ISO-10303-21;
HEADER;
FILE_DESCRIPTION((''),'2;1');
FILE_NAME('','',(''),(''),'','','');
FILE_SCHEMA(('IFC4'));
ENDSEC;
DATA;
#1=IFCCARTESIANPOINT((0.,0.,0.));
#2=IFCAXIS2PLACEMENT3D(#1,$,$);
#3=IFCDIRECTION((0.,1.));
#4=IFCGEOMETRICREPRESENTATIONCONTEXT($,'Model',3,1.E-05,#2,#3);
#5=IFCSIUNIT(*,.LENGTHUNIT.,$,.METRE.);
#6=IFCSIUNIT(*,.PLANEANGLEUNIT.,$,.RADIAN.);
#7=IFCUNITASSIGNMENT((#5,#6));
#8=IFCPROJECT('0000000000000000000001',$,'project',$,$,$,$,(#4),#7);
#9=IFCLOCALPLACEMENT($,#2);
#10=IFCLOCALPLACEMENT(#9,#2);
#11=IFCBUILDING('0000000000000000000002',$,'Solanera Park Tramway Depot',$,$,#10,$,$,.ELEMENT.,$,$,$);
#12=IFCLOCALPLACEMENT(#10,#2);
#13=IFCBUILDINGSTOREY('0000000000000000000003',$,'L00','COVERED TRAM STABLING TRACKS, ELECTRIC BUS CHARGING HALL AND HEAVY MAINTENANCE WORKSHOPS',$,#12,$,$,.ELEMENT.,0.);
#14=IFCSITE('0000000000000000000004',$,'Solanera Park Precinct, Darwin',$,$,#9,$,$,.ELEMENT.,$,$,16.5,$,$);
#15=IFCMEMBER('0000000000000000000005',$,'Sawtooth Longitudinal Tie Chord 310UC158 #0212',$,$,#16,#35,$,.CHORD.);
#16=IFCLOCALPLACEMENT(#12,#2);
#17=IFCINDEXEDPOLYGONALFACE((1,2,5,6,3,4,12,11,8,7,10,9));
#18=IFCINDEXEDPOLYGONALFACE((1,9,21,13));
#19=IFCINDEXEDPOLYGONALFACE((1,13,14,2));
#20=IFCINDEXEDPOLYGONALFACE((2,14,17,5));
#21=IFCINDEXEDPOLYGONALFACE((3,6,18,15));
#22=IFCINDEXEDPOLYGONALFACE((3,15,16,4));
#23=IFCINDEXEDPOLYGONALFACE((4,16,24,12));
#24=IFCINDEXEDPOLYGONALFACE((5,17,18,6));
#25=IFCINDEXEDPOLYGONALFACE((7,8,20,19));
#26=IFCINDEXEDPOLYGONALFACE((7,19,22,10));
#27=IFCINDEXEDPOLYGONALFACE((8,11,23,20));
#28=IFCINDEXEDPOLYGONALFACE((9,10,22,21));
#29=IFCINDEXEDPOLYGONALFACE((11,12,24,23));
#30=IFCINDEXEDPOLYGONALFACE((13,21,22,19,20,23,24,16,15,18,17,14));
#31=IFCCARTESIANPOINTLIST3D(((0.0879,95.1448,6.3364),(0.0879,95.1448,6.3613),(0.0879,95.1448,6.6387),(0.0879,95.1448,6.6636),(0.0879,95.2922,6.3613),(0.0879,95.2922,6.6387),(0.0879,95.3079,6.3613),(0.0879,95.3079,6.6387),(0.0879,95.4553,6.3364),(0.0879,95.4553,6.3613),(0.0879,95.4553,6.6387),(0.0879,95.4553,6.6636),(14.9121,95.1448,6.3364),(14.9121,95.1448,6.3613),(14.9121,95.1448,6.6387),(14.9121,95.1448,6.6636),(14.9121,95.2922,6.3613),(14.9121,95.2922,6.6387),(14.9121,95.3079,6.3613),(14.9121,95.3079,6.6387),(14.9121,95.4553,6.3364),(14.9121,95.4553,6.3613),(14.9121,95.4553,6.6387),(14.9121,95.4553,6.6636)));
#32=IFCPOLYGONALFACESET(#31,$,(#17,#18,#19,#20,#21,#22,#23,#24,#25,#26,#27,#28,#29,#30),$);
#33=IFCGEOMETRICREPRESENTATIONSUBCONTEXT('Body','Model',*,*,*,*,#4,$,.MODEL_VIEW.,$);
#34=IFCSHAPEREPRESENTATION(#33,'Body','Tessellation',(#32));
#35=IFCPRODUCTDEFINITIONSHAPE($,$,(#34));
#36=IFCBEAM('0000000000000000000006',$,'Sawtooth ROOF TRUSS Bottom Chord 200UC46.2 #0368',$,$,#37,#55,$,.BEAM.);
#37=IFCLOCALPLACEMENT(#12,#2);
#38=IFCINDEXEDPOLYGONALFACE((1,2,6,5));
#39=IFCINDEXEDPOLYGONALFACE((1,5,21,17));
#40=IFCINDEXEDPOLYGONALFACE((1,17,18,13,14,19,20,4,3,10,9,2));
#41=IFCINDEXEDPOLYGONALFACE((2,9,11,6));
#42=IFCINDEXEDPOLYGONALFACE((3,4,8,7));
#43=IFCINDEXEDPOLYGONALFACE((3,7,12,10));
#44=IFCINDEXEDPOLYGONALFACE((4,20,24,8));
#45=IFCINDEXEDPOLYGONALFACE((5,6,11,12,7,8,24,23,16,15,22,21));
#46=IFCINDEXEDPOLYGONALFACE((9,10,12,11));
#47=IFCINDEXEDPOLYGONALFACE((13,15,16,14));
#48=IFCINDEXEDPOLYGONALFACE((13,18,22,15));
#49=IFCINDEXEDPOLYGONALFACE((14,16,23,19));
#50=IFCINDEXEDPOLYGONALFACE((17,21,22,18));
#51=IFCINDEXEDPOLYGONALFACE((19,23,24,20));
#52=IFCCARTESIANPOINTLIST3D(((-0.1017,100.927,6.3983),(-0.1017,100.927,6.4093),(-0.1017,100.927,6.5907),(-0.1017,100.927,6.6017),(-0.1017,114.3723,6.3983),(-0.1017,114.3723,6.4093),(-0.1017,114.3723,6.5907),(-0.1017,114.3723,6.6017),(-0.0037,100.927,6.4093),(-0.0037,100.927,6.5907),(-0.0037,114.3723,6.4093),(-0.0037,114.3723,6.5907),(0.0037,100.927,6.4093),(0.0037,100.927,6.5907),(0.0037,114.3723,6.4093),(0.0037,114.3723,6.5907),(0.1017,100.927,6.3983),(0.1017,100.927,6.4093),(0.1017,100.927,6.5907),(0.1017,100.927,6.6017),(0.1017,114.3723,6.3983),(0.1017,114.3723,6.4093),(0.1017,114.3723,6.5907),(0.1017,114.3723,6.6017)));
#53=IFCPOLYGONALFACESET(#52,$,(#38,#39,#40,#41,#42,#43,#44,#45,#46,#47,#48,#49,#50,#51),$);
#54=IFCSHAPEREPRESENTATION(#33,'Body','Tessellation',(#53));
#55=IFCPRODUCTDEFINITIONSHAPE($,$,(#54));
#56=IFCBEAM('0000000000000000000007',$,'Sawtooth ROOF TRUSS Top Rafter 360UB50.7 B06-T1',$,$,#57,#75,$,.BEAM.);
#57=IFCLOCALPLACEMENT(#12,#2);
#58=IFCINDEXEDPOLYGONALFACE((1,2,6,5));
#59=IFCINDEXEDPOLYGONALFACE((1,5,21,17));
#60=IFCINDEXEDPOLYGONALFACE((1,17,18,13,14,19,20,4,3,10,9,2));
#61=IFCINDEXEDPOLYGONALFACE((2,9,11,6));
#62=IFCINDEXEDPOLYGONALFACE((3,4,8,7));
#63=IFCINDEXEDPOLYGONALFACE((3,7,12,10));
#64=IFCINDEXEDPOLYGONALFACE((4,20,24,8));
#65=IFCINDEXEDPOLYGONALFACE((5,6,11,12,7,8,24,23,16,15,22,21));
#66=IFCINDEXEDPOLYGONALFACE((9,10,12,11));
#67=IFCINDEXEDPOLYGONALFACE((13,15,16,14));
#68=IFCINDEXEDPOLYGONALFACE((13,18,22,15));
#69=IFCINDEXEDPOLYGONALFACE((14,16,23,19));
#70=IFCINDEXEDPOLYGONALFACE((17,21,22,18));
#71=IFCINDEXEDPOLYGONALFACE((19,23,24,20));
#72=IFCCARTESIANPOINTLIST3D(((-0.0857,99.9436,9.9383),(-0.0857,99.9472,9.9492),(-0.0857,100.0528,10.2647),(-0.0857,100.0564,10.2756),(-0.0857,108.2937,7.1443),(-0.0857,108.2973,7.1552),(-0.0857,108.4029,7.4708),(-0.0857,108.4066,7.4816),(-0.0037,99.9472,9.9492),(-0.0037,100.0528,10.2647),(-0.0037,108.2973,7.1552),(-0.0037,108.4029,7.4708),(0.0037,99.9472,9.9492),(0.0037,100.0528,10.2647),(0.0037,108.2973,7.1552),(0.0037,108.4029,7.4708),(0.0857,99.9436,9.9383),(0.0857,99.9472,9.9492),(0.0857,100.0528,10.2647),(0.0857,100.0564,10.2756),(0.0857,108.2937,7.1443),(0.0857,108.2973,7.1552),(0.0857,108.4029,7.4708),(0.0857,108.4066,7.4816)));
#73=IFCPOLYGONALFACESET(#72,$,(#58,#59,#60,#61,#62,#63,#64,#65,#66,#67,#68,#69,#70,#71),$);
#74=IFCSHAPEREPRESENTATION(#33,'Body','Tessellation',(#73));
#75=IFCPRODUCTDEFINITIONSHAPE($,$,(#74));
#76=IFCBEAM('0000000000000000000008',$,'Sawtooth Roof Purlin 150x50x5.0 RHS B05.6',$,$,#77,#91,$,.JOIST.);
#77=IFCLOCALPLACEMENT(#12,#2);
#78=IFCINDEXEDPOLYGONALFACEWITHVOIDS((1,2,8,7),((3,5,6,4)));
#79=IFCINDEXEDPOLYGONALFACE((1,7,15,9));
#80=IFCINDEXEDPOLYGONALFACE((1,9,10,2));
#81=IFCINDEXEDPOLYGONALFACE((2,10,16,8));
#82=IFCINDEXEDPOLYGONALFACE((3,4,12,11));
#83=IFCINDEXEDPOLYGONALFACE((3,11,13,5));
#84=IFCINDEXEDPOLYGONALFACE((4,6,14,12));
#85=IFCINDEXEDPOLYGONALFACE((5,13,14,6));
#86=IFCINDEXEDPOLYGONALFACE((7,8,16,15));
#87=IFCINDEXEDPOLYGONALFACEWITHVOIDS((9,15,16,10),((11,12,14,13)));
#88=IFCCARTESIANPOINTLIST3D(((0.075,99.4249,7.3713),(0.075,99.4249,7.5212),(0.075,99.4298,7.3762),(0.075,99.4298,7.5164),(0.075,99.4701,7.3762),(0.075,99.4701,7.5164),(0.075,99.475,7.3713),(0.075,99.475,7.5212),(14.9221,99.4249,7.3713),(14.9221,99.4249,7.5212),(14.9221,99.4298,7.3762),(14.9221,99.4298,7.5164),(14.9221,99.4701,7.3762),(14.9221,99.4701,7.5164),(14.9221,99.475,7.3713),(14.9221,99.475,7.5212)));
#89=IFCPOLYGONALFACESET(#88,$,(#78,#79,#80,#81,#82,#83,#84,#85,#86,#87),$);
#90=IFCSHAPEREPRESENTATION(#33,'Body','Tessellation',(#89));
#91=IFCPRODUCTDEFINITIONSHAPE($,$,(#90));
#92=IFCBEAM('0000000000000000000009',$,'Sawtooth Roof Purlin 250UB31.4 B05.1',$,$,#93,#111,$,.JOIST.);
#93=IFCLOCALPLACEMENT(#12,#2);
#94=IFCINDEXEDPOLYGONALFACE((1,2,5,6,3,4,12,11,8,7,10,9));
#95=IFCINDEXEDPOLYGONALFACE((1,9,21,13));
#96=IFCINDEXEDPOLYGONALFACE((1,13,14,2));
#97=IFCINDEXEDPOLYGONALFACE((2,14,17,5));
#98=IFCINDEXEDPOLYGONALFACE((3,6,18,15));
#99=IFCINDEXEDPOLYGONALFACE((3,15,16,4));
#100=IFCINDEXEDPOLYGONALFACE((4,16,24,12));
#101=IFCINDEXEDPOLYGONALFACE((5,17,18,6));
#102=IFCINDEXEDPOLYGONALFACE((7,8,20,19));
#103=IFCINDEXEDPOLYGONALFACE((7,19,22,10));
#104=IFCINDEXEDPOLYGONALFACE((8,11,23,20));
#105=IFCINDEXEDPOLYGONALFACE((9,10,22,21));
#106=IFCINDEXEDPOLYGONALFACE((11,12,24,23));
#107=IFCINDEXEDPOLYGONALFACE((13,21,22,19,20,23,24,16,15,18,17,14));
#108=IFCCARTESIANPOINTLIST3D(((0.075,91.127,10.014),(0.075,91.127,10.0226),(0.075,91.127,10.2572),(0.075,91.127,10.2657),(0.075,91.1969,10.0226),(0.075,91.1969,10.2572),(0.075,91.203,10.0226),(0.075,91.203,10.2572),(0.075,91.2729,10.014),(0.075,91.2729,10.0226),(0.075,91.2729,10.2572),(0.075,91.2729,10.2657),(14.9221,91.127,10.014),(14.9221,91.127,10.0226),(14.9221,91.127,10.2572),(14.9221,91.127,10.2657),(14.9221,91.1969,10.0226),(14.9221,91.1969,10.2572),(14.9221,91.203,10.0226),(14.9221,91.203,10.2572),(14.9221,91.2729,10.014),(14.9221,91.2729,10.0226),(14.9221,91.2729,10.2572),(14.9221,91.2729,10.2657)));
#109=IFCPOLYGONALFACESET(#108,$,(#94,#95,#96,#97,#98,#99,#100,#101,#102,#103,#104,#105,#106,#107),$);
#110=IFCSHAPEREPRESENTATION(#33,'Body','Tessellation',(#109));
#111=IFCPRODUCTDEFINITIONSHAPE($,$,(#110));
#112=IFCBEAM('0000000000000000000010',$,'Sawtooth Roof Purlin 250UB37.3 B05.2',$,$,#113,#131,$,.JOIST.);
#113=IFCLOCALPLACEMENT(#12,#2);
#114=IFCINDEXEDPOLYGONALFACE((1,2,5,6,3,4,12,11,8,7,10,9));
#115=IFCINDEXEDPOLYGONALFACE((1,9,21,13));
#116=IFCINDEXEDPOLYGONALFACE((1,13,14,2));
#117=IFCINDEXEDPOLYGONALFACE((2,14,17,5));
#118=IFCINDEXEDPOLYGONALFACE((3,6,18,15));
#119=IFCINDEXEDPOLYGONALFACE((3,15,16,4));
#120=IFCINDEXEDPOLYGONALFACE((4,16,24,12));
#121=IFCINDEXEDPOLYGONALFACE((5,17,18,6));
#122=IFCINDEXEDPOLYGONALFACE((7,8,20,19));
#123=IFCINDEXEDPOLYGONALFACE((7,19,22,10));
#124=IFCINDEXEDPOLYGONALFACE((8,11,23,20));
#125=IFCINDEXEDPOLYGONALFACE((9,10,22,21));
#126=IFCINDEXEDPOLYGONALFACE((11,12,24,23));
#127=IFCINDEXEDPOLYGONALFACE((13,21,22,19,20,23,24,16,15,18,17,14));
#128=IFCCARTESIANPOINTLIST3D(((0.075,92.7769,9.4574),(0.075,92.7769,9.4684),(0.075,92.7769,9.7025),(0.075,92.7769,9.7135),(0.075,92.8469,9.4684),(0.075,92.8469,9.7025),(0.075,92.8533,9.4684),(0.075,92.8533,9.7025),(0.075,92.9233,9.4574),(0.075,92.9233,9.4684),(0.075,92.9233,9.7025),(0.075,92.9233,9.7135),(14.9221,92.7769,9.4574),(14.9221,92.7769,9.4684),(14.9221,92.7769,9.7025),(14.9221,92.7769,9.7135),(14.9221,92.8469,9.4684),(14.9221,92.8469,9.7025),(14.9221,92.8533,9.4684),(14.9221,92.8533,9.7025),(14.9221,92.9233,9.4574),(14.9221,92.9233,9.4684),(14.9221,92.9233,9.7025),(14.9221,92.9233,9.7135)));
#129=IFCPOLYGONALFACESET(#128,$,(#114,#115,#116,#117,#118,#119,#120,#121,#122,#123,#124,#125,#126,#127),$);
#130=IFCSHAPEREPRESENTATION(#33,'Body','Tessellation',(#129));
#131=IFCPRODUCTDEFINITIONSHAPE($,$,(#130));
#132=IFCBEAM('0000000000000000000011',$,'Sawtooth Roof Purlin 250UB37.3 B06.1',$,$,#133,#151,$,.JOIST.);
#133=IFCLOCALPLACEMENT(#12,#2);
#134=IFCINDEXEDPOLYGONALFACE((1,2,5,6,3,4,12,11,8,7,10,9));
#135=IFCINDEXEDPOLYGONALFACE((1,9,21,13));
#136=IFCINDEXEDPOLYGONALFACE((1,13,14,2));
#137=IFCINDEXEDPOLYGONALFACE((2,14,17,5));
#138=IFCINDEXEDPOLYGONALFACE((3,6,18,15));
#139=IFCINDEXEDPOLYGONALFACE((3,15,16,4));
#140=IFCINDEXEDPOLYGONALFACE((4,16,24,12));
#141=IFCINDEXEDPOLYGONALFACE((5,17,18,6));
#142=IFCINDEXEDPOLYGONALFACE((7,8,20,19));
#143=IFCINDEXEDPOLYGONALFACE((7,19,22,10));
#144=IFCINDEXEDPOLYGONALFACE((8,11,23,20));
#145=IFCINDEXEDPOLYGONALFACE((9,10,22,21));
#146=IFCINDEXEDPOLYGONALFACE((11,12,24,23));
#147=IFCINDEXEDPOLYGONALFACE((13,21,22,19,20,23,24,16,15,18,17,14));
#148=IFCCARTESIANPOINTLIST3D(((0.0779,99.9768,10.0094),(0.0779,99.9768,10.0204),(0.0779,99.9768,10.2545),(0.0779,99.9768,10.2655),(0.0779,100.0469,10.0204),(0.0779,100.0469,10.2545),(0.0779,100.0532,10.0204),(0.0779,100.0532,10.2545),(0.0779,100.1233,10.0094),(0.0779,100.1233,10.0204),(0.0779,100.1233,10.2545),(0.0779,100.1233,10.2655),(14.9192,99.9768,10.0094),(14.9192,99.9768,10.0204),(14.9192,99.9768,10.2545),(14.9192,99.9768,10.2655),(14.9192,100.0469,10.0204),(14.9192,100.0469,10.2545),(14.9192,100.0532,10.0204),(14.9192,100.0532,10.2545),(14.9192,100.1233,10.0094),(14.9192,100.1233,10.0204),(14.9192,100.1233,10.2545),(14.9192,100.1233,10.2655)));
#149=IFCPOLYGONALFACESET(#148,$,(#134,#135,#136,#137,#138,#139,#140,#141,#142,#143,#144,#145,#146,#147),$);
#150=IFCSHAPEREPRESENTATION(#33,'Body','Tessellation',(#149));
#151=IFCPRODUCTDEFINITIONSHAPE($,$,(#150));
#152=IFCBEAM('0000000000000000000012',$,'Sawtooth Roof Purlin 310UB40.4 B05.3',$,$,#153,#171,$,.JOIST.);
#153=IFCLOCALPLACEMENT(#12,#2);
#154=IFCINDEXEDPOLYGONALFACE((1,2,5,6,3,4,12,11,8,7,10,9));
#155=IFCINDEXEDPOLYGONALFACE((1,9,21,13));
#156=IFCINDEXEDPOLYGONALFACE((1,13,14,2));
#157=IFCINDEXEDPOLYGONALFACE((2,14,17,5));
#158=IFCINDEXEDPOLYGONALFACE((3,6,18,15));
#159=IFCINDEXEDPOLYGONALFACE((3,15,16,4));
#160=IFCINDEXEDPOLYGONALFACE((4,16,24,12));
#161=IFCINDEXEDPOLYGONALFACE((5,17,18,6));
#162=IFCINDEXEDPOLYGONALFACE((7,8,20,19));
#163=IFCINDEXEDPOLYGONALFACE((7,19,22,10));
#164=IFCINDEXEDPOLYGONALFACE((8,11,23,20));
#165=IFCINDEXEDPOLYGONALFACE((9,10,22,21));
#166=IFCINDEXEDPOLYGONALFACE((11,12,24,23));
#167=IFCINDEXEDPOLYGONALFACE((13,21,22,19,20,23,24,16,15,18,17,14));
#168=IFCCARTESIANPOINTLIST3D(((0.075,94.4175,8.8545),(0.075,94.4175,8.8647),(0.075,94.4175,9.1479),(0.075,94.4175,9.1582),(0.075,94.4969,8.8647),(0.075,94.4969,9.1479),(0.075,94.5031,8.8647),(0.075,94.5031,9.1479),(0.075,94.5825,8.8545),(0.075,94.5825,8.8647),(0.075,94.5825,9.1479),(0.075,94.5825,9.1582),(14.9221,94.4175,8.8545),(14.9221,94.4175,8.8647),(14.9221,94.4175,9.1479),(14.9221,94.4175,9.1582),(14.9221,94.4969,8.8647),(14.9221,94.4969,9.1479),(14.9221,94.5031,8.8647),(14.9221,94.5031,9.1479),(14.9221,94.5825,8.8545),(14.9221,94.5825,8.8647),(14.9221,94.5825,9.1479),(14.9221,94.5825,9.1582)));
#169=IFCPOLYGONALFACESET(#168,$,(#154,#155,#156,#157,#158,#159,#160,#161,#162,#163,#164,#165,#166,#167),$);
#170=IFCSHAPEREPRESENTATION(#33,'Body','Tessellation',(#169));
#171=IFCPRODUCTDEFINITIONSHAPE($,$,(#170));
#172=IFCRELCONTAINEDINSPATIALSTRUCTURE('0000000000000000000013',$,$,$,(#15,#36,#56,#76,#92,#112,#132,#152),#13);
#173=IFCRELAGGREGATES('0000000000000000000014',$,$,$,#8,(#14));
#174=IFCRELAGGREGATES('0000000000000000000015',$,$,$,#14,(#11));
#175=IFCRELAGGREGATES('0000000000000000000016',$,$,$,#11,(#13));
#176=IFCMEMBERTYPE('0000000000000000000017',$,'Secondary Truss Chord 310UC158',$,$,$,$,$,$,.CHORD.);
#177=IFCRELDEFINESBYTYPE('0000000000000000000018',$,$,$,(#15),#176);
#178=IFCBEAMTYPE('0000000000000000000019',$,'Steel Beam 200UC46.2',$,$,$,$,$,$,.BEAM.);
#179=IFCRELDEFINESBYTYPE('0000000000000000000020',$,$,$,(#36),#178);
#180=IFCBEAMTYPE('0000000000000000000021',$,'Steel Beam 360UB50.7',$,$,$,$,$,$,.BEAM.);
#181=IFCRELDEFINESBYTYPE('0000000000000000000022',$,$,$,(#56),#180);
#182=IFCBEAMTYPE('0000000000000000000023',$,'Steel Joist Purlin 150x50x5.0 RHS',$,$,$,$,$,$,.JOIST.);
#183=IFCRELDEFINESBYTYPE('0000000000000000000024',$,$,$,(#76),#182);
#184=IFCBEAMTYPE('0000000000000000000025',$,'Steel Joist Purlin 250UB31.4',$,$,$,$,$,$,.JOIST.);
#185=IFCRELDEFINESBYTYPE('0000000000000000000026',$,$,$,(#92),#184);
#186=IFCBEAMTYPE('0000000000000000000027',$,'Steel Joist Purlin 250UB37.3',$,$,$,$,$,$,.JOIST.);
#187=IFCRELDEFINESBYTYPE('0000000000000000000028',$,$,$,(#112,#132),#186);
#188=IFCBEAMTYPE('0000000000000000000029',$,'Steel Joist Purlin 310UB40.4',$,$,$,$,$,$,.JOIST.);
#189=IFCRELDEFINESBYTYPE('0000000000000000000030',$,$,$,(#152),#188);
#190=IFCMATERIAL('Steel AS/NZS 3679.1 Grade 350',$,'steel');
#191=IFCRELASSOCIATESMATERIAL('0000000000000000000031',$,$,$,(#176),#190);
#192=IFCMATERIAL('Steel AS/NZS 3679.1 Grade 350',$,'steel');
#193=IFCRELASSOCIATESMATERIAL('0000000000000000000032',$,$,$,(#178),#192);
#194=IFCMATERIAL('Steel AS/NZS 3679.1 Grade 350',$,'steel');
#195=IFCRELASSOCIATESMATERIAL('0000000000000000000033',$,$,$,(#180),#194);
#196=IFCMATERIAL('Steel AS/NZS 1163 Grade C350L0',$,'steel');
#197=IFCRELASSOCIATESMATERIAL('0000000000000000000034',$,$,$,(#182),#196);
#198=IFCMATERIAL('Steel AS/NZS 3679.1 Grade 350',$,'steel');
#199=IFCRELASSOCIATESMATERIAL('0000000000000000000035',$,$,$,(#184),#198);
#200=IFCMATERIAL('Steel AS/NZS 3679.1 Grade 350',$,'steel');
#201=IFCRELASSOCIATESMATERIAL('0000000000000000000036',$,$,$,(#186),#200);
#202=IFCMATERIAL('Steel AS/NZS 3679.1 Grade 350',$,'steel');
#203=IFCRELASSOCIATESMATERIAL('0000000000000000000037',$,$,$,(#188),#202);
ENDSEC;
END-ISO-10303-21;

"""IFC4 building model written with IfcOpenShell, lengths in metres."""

from ifc_helpers import new_model, si_unit, direction, frame, origin, origin_2d, place, context, subcontext, project, spatial, hollow_rectangle, i_section, extrude, material, material_profile, profile_set, type_object, element, save


model = new_model("IFC4")

# Units and contexts
model_context = context("Model", 3, precision=1e-05, world=origin(), true_north=direction((0.0, 1.0)))
body_context = subcontext(model_context, "Body", "Model", "MODEL_VIEW")
ifc_project = project(units=[si_unit("LENGTHUNIT", "METRE"), si_unit("PLANEANGLEUNIT", "RADIAN")], contexts=[model_context])

# Site, building, storey
site_placement = place(None, origin())
site = spatial("IfcSite", under=ifc_project, at=site_placement, Name="Solanera Park Precinct, Darwin", CompositionType="ELEMENT", RefElevation=16.5)
building_placement = place(site_placement, origin())
building = spatial("IfcBuilding", under=site, at=building_placement, Name="Solanera Park Tramway Depot", CompositionType="ELEMENT")
storey_placement = place(building_placement, origin())
storey = spatial("IfcBuildingStorey", under=building, at=storey_placement, Name="L00", Description="COVERED TRAM STABLING TRACKS, ELECTRIC BUS CHARGING HALL AND HEAVY MAINTENANCE WORKSHOPS", CompositionType="ELEMENT", Elevation=0.0)

# Member
ifc_material_1 = material(Name="Steel AS/NZS 3679.1 Grade 350", Category="steel")
ifc_material_profile_1 = material_profile(ifc_material_1, i_section(OverallWidth=0.3105, OverallDepth=0.3271, WebThickness=0.0156, FlangeThickness=0.0249, at=origin_2d()), Name="310UC158")
ifc_profile_set_1 = profile_set([ifc_material_profile_1], Name="Steel AS/NZS 3679.1 Grade 350")
member_type_1 = type_object("IfcMemberType", Name="Secondary Truss Chord 310UC158", PredefinedType="CHORD", material=ifc_profile_set_1)
member_1_placement = place(storey_placement, frame((0.0879, 95.3, 6.5), z_axis=(1.0, 0.0, 0.0), x_axis=(0.0, 1.0, 0.0)))
element("IfcMember", 1, at=member_1_placement, inside=storey, type_object=member_type_1, Name="Sawtooth Longitudinal Tie Chord 310UC158 #0212", PredefinedType="CHORD", context=body_context, shape_type="SweptSolid", body=[
    extrude(i_section(OverallWidth=0.3105, OverallDepth=0.3271, WebThickness=0.0156, FlangeThickness=0.0249, at=origin_2d()), origin(), (0.0, 0.0, 1.0), 14.8242),
])

# Beams
ifc_material_2 = material(Name="Steel AS/NZS 3679.1 Grade 350", Category="steel")
ifc_material_profile_2 = material_profile(ifc_material_2, i_section(OverallWidth=0.2034, OverallDepth=0.2034, WebThickness=0.0073, FlangeThickness=0.011, at=origin_2d()), Name="200UC46.2")
ifc_profile_set_2 = profile_set([ifc_material_profile_2], Name="Steel AS/NZS 3679.1 Grade 350")
beam_type_1 = type_object("IfcBeamType", Name="Steel Beam 200UC46.2", PredefinedType="BEAM", material=ifc_profile_set_2)
beam_1_placement = place(storey_placement, frame((0.0, 100.927, 6.5), z_axis=(0.0, 1.0, 0.0), x_axis=(-1.0, 0.0, 0.0)))
element("IfcBeam", 2, at=beam_1_placement, inside=storey, type_object=beam_type_1, Name="Sawtooth ROOF TRUSS Bottom Chord 200UC46.2 #0368", PredefinedType="BEAM", context=body_context, shape_type="SweptSolid", body=[
    extrude(i_section(OverallWidth=0.2034, OverallDepth=0.2034, WebThickness=0.0073, FlangeThickness=0.011, at=origin_2d()), origin(), (0.0, 0.0, 1.0), 13.4453),
])
ifc_material_3 = material(Name="Steel AS/NZS 3679.1 Grade 350", Category="steel")
ifc_material_profile_3 = material_profile(ifc_material_3, i_section(OverallWidth=0.1714, OverallDepth=0.3557, WebThickness=0.0073, FlangeThickness=0.0115, at=origin_2d()), Name="360UB50.7")
ifc_profile_set_3 = profile_set([ifc_material_profile_3], Name="Steel AS/NZS 3679.1 Grade 350")
beam_type_2 = type_object("IfcBeamType", Name="Steel Beam 360UB50.7", PredefinedType="BEAM", material=ifc_profile_set_3)
beam_2_placement = place(storey_placement, frame((0.0, 100.0, 10.1069), z_axis=(0.0, 0.948322, -0.317309), x_axis=(-1.0, 0.0, 0.0)))
element("IfcBeam", 3, at=beam_2_placement, inside=storey, type_object=beam_type_2, Name="Sawtooth ROOF TRUSS Top Rafter 360UB50.7 B06-T1", PredefinedType="BEAM", context=body_context, shape_type="SweptSolid", body=[
    extrude(i_section(OverallWidth=0.1714, OverallDepth=0.3557, WebThickness=0.0073, FlangeThickness=0.0115, at=origin_2d()), origin(), (0.0, 0.0, 1.0), 8.8052),
])
ifc_material_4 = material(Name="Steel AS/NZS 1163 Grade C350L0", Category="steel")
ifc_material_profile_4 = material_profile(ifc_material_4, hollow_rectangle(XDim=0.05, YDim=0.1499, WallThickness=0.0049, at=origin_2d()), Name="150x50x5.0 RHS")
ifc_profile_set_4 = profile_set([ifc_material_profile_4], Name="Steel AS/NZS 1163 Grade C350L0")
beam_type_3 = type_object("IfcBeamType", Name="Steel Joist Purlin 150x50x5.0 RHS", PredefinedType="JOIST", material=ifc_profile_set_4)
beam_3_placement = place(storey_placement, frame((0.075, 99.45, 7.4463), z_axis=(1.0, 0.0, 0.0), x_axis=(0.0, 1.0, 0.0)))
element("IfcBeam", 4, at=beam_3_placement, inside=storey, type_object=beam_type_3, Name="Sawtooth Roof Purlin 150x50x5.0 RHS B05.6", PredefinedType="JOIST", context=body_context, shape_type="SweptSolid", body=[
    extrude(hollow_rectangle(XDim=0.05, YDim=0.1499, WallThickness=0.0049, at=origin_2d()), origin(), (0.0, 0.0, 1.0), 14.8472),
])
ifc_material_5 = material(Name="Steel AS/NZS 3679.1 Grade 350", Category="steel")
ifc_material_profile_5 = material_profile(ifc_material_5, i_section(OverallWidth=0.146, OverallDepth=0.2517, WebThickness=0.0061, FlangeThickness=0.0085, at=origin_2d()), Name="250UB31.4")
ifc_profile_set_5 = profile_set([ifc_material_profile_5], Name="Steel AS/NZS 3679.1 Grade 350")
beam_type_4 = type_object("IfcBeamType", Name="Steel Joist Purlin 250UB31.4", PredefinedType="JOIST", material=ifc_profile_set_5)
beam_4_placement = place(storey_placement, frame((0.075, 91.2, 10.1399), z_axis=(1.0, 0.0, 0.0), x_axis=(0.0, 1.0, 0.0)))
element("IfcBeam", 5, at=beam_4_placement, inside=storey, type_object=beam_type_4, Name="Sawtooth Roof Purlin 250UB31.4 B05.1", PredefinedType="JOIST", context=body_context, shape_type="SweptSolid", body=[
    extrude(i_section(OverallWidth=0.146, OverallDepth=0.2517, WebThickness=0.0061, FlangeThickness=0.0085, at=origin_2d()), origin(), (0.0, 0.0, 1.0), 14.8472),
])
ifc_material_6 = material(Name="Steel AS/NZS 3679.1 Grade 350", Category="steel")
ifc_material_profile_6 = material_profile(ifc_material_6, i_section(OverallWidth=0.1465, OverallDepth=0.2561, WebThickness=0.0063, FlangeThickness=0.011, at=origin_2d()), Name="250UB37.3")
ifc_profile_set_6 = profile_set([ifc_material_profile_6], Name="Steel AS/NZS 3679.1 Grade 350")
beam_type_5 = type_object("IfcBeamType", Name="Steel Joist Purlin 250UB37.3", PredefinedType="JOIST", material=ifc_profile_set_6)
beam_5_placement = place(storey_placement, frame((0.075, 92.8501, 9.5854), z_axis=(1.0, 0.0, 0.0), x_axis=(0.0, 1.0, 0.0)))
element("IfcBeam", 6, at=beam_5_placement, inside=storey, type_object=beam_type_5, Name="Sawtooth Roof Purlin 250UB37.3 B05.2", PredefinedType="JOIST", context=body_context, shape_type="SweptSolid", body=[
    extrude(i_section(OverallWidth=0.1465, OverallDepth=0.2561, WebThickness=0.0063, FlangeThickness=0.011, at=origin_2d()), origin(), (0.0, 0.0, 1.0), 14.8472),
])
beam_6_placement = place(storey_placement, frame((0.0779, 100.05, 10.1375), z_axis=(1.0, 0.0, 0.0), x_axis=(0.0, 1.0, 0.0)))
element("IfcBeam", 7, at=beam_6_placement, inside=storey, type_object=beam_type_5, Name="Sawtooth Roof Purlin 250UB37.3 B06.1", PredefinedType="JOIST", context=body_context, shape_type="SweptSolid", body=[
    extrude(i_section(OverallWidth=0.1465, OverallDepth=0.2561, WebThickness=0.0063, FlangeThickness=0.011, at=origin_2d()), origin(), (0.0, 0.0, 1.0), 14.8413),
])
ifc_material_7 = material(Name="Steel AS/NZS 3679.1 Grade 350", Category="steel")
ifc_material_profile_7 = material_profile(ifc_material_7, i_section(OverallWidth=0.165, OverallDepth=0.3037, WebThickness=0.0061, FlangeThickness=0.0103, at=origin_2d()), Name="310UB40.4")
ifc_profile_set_7 = profile_set([ifc_material_profile_7], Name="Steel AS/NZS 3679.1 Grade 350")
beam_type_6 = type_object("IfcBeamType", Name="Steel Joist Purlin 310UB40.4", PredefinedType="JOIST", material=ifc_profile_set_7)
beam_7_placement = place(storey_placement, frame((0.075, 94.5, 9.0063), z_axis=(1.0, 0.0, 0.0), x_axis=(0.0, 1.0, 0.0)))
element("IfcBeam", 8, at=beam_7_placement, inside=storey, type_object=beam_type_6, Name="Sawtooth Roof Purlin 310UB40.4 B05.3", PredefinedType="JOIST", context=body_context, shape_type="SweptSolid", body=[
    extrude(i_section(OverallWidth=0.165, OverallDepth=0.3037, WebThickness=0.0061, FlangeThickness=0.0103, at=origin_2d()), origin(), (0.0, 0.0, 1.0), 14.8472),
])

save(model, "model.ifc")
